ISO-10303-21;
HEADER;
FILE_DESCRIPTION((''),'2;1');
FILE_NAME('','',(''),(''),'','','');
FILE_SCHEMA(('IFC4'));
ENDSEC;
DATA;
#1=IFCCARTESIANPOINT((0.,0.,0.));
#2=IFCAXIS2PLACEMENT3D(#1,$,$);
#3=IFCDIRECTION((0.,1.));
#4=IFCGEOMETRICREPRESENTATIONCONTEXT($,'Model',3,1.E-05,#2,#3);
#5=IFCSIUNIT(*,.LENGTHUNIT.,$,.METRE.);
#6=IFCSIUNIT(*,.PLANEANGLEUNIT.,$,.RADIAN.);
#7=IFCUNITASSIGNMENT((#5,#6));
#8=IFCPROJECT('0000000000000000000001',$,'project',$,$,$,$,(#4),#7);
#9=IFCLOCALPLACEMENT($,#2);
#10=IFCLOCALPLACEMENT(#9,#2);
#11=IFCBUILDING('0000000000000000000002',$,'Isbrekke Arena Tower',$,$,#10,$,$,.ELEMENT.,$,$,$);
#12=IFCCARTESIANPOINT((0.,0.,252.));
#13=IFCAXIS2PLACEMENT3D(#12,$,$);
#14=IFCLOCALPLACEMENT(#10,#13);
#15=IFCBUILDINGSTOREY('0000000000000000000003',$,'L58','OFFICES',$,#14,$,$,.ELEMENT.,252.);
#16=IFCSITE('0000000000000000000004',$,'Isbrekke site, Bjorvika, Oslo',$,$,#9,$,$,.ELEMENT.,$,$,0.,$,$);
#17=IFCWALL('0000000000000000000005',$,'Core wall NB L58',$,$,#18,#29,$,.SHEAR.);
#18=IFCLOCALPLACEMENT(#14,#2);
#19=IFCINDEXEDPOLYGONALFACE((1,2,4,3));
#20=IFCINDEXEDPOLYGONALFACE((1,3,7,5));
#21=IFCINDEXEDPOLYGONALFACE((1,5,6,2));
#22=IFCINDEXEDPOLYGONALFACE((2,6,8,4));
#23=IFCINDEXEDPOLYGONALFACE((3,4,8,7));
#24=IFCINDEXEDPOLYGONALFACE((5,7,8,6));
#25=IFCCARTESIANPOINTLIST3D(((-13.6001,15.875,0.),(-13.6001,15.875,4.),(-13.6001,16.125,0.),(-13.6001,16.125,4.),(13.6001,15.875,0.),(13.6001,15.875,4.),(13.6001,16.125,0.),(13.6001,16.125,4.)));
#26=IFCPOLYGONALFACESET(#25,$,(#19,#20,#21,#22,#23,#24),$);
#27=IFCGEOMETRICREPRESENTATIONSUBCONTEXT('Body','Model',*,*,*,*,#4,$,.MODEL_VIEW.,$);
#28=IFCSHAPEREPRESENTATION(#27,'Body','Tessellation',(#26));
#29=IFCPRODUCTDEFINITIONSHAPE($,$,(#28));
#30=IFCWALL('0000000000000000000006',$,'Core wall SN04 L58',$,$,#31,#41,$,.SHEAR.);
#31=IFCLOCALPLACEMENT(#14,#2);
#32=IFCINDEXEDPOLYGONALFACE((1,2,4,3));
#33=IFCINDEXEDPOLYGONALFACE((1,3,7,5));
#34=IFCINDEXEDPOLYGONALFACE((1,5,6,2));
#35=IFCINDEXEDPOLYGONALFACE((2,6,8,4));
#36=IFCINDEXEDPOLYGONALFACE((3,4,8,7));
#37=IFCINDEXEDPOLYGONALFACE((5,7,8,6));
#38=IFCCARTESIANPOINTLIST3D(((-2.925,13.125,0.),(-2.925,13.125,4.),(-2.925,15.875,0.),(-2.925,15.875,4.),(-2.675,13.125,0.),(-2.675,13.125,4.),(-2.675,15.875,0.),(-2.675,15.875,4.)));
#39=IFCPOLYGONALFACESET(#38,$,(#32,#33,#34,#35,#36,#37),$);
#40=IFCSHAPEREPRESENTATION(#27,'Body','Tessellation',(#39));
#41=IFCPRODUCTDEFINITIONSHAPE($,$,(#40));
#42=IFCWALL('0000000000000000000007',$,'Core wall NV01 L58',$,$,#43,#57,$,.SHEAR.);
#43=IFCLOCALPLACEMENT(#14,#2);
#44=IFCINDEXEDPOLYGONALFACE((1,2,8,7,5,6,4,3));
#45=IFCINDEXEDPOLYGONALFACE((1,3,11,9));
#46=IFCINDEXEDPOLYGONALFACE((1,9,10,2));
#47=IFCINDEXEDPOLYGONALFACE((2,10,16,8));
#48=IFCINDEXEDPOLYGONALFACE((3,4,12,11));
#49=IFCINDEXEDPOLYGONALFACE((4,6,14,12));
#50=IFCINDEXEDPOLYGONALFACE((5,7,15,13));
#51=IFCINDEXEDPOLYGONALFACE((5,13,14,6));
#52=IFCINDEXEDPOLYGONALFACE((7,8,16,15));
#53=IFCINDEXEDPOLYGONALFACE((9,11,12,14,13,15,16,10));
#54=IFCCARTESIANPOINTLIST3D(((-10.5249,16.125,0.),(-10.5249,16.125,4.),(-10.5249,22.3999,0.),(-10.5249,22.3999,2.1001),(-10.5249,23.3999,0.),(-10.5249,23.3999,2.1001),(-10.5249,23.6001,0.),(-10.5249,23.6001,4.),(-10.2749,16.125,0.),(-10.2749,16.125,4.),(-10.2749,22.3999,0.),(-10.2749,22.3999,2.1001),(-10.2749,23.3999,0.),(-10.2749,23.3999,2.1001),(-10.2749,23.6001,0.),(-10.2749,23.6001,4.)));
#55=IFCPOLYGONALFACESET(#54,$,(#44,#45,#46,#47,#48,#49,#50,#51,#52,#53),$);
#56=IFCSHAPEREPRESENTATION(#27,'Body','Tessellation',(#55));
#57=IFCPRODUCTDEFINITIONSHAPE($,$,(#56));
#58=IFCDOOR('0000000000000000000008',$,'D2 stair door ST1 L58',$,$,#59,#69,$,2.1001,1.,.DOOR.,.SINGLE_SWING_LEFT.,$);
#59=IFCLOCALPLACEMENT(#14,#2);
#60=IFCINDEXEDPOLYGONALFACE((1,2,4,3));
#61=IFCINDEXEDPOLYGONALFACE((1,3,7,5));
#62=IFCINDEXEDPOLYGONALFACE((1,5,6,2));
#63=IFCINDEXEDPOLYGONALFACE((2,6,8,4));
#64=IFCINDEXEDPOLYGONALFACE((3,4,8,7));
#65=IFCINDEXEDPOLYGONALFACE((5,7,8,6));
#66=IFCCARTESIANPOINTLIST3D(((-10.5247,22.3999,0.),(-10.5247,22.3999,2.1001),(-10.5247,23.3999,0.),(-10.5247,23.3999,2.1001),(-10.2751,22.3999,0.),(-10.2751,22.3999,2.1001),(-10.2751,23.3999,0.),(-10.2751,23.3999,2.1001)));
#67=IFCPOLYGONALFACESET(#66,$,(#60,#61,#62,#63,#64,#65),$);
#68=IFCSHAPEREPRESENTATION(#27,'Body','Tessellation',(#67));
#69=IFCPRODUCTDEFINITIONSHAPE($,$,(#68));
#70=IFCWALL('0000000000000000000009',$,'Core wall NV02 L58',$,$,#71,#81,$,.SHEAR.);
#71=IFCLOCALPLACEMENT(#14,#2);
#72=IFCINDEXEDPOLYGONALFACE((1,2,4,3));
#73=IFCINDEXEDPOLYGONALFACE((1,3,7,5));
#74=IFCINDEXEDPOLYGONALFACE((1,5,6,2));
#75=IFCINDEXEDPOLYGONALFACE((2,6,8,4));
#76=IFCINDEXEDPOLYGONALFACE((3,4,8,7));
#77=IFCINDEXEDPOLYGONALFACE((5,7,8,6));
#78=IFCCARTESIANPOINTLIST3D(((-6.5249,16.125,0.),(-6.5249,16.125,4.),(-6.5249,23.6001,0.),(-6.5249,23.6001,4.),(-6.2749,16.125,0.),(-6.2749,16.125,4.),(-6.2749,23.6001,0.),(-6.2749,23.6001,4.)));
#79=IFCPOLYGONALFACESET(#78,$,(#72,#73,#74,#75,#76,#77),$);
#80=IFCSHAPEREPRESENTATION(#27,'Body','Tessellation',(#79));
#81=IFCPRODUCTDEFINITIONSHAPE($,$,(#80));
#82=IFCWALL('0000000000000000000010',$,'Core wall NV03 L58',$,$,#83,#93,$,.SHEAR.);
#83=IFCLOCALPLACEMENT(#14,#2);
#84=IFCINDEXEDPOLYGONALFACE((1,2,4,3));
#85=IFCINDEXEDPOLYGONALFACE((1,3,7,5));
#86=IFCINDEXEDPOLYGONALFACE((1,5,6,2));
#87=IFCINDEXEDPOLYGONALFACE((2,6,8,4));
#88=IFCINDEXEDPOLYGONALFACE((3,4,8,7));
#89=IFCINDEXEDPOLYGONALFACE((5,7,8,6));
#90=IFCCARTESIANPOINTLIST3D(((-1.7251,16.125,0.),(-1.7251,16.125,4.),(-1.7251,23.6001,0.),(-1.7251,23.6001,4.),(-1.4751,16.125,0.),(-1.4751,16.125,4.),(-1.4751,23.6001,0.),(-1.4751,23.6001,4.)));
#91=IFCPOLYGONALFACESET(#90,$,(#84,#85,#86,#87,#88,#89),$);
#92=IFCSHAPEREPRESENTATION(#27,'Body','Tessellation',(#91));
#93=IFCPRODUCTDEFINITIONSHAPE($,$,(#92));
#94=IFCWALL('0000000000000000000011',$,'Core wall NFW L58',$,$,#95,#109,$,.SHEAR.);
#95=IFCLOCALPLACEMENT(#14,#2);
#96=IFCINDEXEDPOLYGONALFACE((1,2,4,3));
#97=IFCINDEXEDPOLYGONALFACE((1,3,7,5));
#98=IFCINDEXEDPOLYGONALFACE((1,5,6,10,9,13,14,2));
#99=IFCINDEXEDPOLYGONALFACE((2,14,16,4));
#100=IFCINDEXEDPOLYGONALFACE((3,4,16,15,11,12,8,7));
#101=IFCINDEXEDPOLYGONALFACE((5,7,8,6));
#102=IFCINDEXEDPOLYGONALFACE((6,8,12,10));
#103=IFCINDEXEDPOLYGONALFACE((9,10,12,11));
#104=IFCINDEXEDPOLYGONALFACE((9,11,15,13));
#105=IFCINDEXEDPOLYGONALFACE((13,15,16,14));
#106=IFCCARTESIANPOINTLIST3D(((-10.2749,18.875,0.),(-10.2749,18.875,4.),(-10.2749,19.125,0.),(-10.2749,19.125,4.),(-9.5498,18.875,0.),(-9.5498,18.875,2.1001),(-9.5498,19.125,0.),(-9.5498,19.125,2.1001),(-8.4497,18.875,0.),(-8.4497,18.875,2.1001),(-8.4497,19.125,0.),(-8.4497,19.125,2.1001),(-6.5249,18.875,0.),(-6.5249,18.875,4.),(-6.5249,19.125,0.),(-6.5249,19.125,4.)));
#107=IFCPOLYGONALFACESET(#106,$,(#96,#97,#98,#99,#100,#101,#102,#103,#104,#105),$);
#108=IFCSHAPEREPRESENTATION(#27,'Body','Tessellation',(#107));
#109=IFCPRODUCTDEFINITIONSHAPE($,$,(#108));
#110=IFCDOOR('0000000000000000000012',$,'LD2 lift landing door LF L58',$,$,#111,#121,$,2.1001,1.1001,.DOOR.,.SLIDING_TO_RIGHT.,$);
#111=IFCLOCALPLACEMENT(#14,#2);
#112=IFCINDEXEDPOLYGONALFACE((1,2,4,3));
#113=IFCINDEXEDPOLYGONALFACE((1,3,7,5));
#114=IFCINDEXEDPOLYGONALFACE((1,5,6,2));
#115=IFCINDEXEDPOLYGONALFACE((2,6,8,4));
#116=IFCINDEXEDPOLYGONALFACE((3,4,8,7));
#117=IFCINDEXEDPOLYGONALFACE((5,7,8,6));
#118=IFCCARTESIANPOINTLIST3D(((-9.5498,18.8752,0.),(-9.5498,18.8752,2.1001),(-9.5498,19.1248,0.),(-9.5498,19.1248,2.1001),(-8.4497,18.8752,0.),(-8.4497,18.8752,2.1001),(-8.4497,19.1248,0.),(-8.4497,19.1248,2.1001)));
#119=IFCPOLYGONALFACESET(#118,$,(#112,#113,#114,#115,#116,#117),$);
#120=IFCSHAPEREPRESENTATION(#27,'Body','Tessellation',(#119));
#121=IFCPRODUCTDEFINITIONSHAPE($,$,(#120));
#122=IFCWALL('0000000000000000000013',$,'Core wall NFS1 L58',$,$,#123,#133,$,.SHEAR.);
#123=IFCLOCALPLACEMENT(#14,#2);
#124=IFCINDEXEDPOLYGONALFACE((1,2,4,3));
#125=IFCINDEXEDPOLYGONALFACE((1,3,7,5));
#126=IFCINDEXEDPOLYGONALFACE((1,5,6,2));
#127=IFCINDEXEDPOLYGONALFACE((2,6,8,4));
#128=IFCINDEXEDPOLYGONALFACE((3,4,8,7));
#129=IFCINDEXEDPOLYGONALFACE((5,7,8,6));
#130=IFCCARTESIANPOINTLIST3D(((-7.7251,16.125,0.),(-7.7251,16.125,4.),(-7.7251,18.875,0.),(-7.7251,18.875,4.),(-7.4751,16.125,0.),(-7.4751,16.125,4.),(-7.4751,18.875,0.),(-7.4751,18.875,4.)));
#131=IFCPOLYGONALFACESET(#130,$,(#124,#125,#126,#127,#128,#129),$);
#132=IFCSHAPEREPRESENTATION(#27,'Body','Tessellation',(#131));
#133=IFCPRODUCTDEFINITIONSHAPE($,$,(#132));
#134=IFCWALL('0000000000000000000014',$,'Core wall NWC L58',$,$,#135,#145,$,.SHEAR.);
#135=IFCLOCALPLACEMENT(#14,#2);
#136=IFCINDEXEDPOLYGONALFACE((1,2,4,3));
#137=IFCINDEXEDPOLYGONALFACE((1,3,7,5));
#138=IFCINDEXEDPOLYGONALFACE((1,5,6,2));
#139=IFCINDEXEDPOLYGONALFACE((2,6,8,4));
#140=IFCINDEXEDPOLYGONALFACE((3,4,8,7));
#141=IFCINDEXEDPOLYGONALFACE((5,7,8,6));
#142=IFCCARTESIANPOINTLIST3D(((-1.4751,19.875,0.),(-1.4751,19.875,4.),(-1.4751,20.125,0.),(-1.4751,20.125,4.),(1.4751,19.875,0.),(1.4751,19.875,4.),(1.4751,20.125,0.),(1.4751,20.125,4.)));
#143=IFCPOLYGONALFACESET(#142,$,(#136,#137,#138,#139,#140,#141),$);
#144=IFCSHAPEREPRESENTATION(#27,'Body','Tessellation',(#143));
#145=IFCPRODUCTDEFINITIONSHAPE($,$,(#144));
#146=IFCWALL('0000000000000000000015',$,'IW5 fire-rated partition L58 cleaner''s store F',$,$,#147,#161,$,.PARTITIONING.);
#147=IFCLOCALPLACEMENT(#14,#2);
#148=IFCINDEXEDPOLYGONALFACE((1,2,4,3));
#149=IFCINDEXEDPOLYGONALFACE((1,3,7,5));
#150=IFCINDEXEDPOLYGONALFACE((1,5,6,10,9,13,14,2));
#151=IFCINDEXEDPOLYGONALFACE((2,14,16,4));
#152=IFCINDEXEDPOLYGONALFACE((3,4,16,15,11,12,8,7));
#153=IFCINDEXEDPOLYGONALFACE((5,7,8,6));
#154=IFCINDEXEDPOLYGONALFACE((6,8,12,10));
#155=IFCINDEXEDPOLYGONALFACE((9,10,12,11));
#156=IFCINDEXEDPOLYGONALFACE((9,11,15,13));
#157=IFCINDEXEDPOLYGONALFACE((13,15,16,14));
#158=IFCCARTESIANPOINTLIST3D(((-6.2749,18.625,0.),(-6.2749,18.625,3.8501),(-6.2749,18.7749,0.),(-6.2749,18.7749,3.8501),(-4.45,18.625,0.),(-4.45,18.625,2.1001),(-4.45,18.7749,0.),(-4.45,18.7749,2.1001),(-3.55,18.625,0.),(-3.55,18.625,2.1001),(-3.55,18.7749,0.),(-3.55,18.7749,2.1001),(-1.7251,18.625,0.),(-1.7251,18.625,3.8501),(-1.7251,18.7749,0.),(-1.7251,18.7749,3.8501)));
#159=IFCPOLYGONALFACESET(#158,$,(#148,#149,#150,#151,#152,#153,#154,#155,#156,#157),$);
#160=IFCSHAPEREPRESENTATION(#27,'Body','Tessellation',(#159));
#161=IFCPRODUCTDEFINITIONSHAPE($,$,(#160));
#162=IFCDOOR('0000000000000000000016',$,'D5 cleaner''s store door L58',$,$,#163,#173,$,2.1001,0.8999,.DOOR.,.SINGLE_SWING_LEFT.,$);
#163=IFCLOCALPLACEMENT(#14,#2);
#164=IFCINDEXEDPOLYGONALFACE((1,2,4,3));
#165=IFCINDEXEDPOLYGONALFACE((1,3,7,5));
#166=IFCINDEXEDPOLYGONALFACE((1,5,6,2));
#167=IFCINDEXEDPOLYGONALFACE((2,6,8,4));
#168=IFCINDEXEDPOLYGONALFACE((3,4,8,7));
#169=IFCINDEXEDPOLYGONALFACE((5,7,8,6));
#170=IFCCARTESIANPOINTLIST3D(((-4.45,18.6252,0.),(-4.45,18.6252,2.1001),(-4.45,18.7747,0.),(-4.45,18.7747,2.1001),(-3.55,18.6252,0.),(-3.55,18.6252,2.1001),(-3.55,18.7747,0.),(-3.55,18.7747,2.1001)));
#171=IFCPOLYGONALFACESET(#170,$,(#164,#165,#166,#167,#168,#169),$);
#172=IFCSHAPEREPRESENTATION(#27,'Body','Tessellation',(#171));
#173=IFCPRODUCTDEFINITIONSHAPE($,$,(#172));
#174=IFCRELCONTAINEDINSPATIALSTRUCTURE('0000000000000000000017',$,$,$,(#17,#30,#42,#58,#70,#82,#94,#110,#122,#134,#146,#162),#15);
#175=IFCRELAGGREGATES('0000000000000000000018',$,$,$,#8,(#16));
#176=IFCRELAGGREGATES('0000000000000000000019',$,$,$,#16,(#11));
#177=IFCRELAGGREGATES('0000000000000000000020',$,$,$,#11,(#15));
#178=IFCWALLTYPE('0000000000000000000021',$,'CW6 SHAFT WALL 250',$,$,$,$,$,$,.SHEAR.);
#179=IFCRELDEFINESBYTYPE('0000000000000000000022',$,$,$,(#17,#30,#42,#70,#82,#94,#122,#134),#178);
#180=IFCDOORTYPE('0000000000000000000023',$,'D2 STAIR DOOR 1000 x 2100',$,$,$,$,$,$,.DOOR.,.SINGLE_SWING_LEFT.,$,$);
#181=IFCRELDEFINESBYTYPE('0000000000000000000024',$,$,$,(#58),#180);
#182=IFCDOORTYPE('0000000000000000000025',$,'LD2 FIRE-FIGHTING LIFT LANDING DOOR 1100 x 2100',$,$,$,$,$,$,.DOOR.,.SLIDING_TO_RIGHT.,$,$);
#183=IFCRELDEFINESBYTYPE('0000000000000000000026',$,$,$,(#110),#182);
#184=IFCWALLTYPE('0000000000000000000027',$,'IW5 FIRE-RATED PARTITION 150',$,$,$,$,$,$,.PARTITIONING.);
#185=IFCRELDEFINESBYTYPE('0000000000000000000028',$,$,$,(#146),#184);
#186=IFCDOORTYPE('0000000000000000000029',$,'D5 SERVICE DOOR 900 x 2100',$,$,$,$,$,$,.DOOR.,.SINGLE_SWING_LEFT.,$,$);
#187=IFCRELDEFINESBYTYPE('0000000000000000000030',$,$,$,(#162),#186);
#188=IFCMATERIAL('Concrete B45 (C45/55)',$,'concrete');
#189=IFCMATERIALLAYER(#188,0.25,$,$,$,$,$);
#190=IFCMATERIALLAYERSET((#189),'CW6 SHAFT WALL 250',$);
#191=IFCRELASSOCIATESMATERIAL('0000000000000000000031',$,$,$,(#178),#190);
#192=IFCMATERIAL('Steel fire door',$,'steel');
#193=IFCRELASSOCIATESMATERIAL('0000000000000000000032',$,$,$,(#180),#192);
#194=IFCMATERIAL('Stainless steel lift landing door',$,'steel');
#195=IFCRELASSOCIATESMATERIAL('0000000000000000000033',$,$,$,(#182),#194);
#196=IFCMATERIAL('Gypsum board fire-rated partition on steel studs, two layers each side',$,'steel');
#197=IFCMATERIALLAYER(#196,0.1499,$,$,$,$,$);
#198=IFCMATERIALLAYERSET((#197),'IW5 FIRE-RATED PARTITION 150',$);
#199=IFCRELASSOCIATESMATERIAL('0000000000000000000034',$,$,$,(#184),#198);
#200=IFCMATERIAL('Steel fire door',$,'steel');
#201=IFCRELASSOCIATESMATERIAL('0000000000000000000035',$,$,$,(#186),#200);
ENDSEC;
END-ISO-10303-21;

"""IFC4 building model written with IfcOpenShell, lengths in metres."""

from ifc_helpers import new_model, si_unit, direction, frame, frame_2d, origin, place, context, subcontext, project, spatial, rectangle, extrude, material, layer, layer_set, type_object, element, fill, save


model = new_model("IFC4")

# Units and contexts
model_context = context("Model", 3, precision=1e-05, world=origin(), true_north=direction((0.0, 1.0)))
body_context = subcontext(model_context, "Body", "Model", "MODEL_VIEW")
ifc_project = project(units=[si_unit("LENGTHUNIT", "METRE"), si_unit("PLANEANGLEUNIT", "RADIAN")], contexts=[model_context])

# Site, building, storey
site_placement = place(None, origin())
site = spatial("IfcSite", under=ifc_project, at=site_placement, Name="Isbrekke site, Bjorvika, Oslo", CompositionType="ELEMENT", RefElevation=0.0)
building_placement = place(site_placement, origin())
building = spatial("IfcBuilding", under=site, at=building_placement, Name="Isbrekke Arena Tower", CompositionType="ELEMENT")
storey_placement = place(building_placement, frame((0.0, 0.0, 252.0)))
storey = spatial("IfcBuildingStorey", under=building, at=storey_placement, Name="L58", Description="OFFICES", CompositionType="ELEMENT", Elevation=252.0)

# Walls
ifc_material_1 = material(Name="Concrete B45 (C45/55)", Category="concrete")
ifc_layer_1 = layer(ifc_material_1, 0.25)
ifc_layer_set_1 = layer_set([ifc_layer_1], Name="CW6 SHAFT WALL 250")
wall_type_1 = type_object("IfcWallType", Name="CW6 SHAFT WALL 250", PredefinedType="SHEAR", material=ifc_layer_set_1)
wall_1_placement = place(storey_placement, frame((-13.6001, 16.0, 0.0), z_axis=(0.0, 0.0, 1.0), x_axis=(1.0, 0.0, 0.0)))
element("IfcWall", 1, at=wall_1_placement, inside=storey, type_object=wall_type_1, Name="Core wall NB L58", PredefinedType="SHEAR", context=body_context, shape_type="SweptSolid", body=[
    extrude(rectangle(XDim=27.2002, YDim=0.25, at=frame_2d((13.6001, 0.0))), origin(), (0.0, 0.0, 1.0), 4.0),
])
wall_2_placement = place(storey_placement, frame((-2.8, 13.125, 0.0), z_axis=(0.0, 0.0, 1.0), x_axis=(0.0, 1.0, 0.0)))
element("IfcWall", 2, at=wall_2_placement, inside=storey, type_object=wall_type_1, Name="Core wall SN04 L58", PredefinedType="SHEAR", context=body_context, shape_type="SweptSolid", body=[
    extrude(rectangle(XDim=2.75, YDim=0.25, at=frame_2d((1.375, 0.0))), origin(), (0.0, 0.0, 1.0), 4.0),
])

# Wall, opening, door
wall_3_placement = place(storey_placement, frame((-10.3999, 16.125, 0.0), z_axis=(0.0, 0.0, 1.0), x_axis=(0.0, 1.0, 0.0)))
wall_3 = element("IfcWall", 3, at=wall_3_placement, inside=storey, type_object=wall_type_1, Name="Core wall NV01 L58", PredefinedType="SHEAR", context=body_context, shape_type="SweptSolid", body=[
    extrude(rectangle(XDim=7.4751, YDim=0.25, at=frame_2d((3.7375, 0.0))), origin(), (0.0, 0.0, 1.0), 4.0),
])
opening_1_placement = place(wall_3_placement, frame((6.2749, 0.0, 0.0)))
opening_1 = element("IfcOpeningElement", 4, at=opening_1_placement, cuts=wall_3, PredefinedType="OPENING", context=body_context, shape_type="SweptSolid", body=[
    extrude(rectangle(XDim=1.0, YDim=2.1001, at=frame_2d((0.5, 1.05))), frame((0.0, 0.1399, 0.0), z_axis=(0.0, -1.0, 0.0), x_axis=(1.0, 0.0, 0.0)), (0.0, 0.0, 1.0), 0.2798),
])
ifc_material_2 = material(Name="Steel fire door", Category="steel")
door_type_1 = type_object("IfcDoorType", Name="D2 STAIR DOOR 1000 x 2100", OperationType="SINGLE_SWING_LEFT", PredefinedType="DOOR", material=ifc_material_2)
door_1_placement = place(opening_1_placement, origin())
door_1 = element("IfcDoor", 5, at=door_1_placement, inside=storey, type_object=door_type_1, Name="D2 stair door ST1 L58", OperationType="SINGLE_SWING_LEFT", OverallHeight=2.1001, OverallWidth=1.0, PredefinedType="DOOR", context=body_context, shape_type="SweptSolid", body=[
    extrude(rectangle(XDim=1.0, YDim=2.1001, at=frame_2d((0.5, 1.05))), frame((0.0, 0.1248, 0.0), z_axis=(0.0, -1.0, 0.0), x_axis=(1.0, 0.0, 0.0)), (0.0, 0.0, 1.0), 0.2495),
])
fill(opening_1, door_1)

# Walls
for number, where, z_axis, x_axis, name in (
    (6, (-6.3999, 16.125, 0.0), (0.0, 0.0, 1.0), (0.0, 1.0, 0.0), "Core wall NV02 L58"),
    (7, (-1.6001, 16.125, 0.0), (0.0, 0.0, 1.0), (0.0, 1.0, 0.0), "Core wall NV03 L58"),
):
    element("IfcWall", number, at=place(storey_placement, frame(where, z_axis=z_axis, x_axis=x_axis)), inside=storey, type_object=wall_type_1, Name=name, PredefinedType="SHEAR", context=body_context, shape_type="SweptSolid", body=[
        extrude(rectangle(XDim=7.4751, YDim=0.25, at=frame_2d((3.7375, 0.0))), origin(), (0.0, 0.0, 1.0), 4.0),
    ])

# Wall, opening, door
wall_4_placement = place(storey_placement, frame((-10.2749, 19.0, 0.0), z_axis=(0.0, 0.0, 1.0), x_axis=(1.0, 0.0, 0.0)))
wall_4 = element("IfcWall", 8, at=wall_4_placement, inside=storey, type_object=wall_type_1, Name="Core wall NFW L58", PredefinedType="SHEAR", context=body_context, shape_type="SweptSolid", body=[
    extrude(rectangle(XDim=3.75, YDim=0.25, at=frame_2d((1.875, 0.0))), origin(), (0.0, 0.0, 1.0), 4.0),
])
opening_2_placement = place(wall_4_placement, frame((0.7251, 0.0, 0.0)))
opening_2 = element("IfcOpeningElement", 9, at=opening_2_placement, cuts=wall_4, PredefinedType="OPENING", context=body_context, shape_type="SweptSolid", body=[
    extrude(rectangle(XDim=1.1001, YDim=2.1001, at=frame_2d((0.55, 1.05))), frame((0.0, 0.1399, 0.0), z_axis=(0.0, -1.0, 0.0), x_axis=(1.0, 0.0, 0.0)), (0.0, 0.0, 1.0), 0.2798),
])
ifc_material_3 = material(Name="Stainless steel lift landing door", Category="steel")
door_type_2 = type_object("IfcDoorType", Name="LD2 FIRE-FIGHTING LIFT LANDING DOOR 1100 x 2100", OperationType="SLIDING_TO_RIGHT", PredefinedType="DOOR", material=ifc_material_3)
door_2_placement = place(opening_2_placement, origin())
door_2 = element("IfcDoor", 10, at=door_2_placement, inside=storey, type_object=door_type_2, Name="LD2 lift landing door LF L58", OperationType="SLIDING_TO_RIGHT", OverallHeight=2.1001, OverallWidth=1.1001, PredefinedType="DOOR", context=body_context, shape_type="SweptSolid", body=[
    extrude(rectangle(XDim=1.1001, YDim=2.1001, at=frame_2d((0.55, 1.05))), frame((0.0, 0.1248, 0.0), z_axis=(0.0, -1.0, 0.0), x_axis=(1.0, 0.0, 0.0)), (0.0, 0.0, 1.0), 0.2495),
])
fill(opening_2, door_2)

# Walls
wall_5_placement = place(storey_placement, frame((-7.6001, 16.125, 0.0), z_axis=(0.0, 0.0, 1.0), x_axis=(0.0, 1.0, 0.0)))
element("IfcWall", 11, at=wall_5_placement, inside=storey, type_object=wall_type_1, Name="Core wall NFS1 L58", PredefinedType="SHEAR", context=body_context, shape_type="SweptSolid", body=[
    extrude(rectangle(XDim=2.75, YDim=0.25, at=frame_2d((1.375, 0.0))), origin(), (0.0, 0.0, 1.0), 4.0),
])
wall_6_placement = place(storey_placement, frame((-1.4751, 20.0, 0.0), z_axis=(0.0, 0.0, 1.0), x_axis=(1.0, 0.0, 0.0)))
element("IfcWall", 12, at=wall_6_placement, inside=storey, type_object=wall_type_1, Name="Core wall NWC L58", PredefinedType="SHEAR", context=body_context, shape_type="SweptSolid", body=[
    extrude(rectangle(XDim=2.9502, YDim=0.25, at=frame_2d((1.4751, 0.0))), origin(), (0.0, 0.0, 1.0), 4.0),
])

# Wall, opening, door
ifc_material_4 = material(Name="Gypsum board fire-rated partition on steel studs, two layers each side", Category="steel")
ifc_layer_2 = layer(ifc_material_4, 0.1499)
ifc_layer_set_2 = layer_set([ifc_layer_2], Name="IW5 FIRE-RATED PARTITION 150")
wall_type_2 = type_object("IfcWallType", Name="IW5 FIRE-RATED PARTITION 150", PredefinedType="PARTITIONING", material=ifc_layer_set_2)
wall_7_placement = place(storey_placement, frame((-6.2749, 18.7, 0.0), z_axis=(0.0, 0.0, 1.0), x_axis=(1.0, 0.0, 0.0)))
wall_7 = element("IfcWall", 13, at=wall_7_placement, inside=storey, type_object=wall_type_2, Name="IW5 fire-rated partition L58 cleaner's store F", PredefinedType="PARTITIONING", context=body_context, shape_type="SweptSolid", body=[
    extrude(rectangle(XDim=4.5498, YDim=0.1499, at=frame_2d((2.2749, 0.0))), origin(), (0.0, 0.0, 1.0), 3.8501),
])
opening_3_placement = place(wall_7_placement, frame((1.825, 0.0, 0.0)))
opening_3 = element("IfcOpeningElement", 14, at=opening_3_placement, cuts=wall_7, PredefinedType="OPENING", context=body_context, shape_type="SweptSolid", body=[
    extrude(rectangle(XDim=0.8999, YDim=2.1001, at=frame_2d((0.45, 1.05))), frame((0.0, 0.0898, 0.0), z_axis=(0.0, -1.0, 0.0), x_axis=(1.0, 0.0, 0.0)), (0.0, 0.0, 1.0), 0.1797),
])
ifc_material_5 = material(Name="Steel fire door", Category="steel")
door_type_3 = type_object("IfcDoorType", Name="D5 SERVICE DOOR 900 x 2100", OperationType="SINGLE_SWING_LEFT", PredefinedType="DOOR", material=ifc_material_5)
door_3_placement = place(opening_3_placement, origin())
door_3 = element("IfcDoor", 15, at=door_3_placement, inside=storey, type_object=door_type_3, Name="D5 cleaner's store door L58", OperationType="SINGLE_SWING_LEFT", OverallHeight=2.1001, OverallWidth=0.8999, PredefinedType="DOOR", context=body_context, shape_type="SweptSolid", body=[
    extrude(rectangle(XDim=0.8999, YDim=2.1001, at=frame_2d((0.45, 1.05))), frame((0.0, 0.0747, 0.0), z_axis=(0.0, -1.0, 0.0), x_axis=(1.0, 0.0, 0.0)), (0.0, 0.0, 1.0), 0.1494),
])
fill(opening_3, door_3)

save(model, "model.ifc")
